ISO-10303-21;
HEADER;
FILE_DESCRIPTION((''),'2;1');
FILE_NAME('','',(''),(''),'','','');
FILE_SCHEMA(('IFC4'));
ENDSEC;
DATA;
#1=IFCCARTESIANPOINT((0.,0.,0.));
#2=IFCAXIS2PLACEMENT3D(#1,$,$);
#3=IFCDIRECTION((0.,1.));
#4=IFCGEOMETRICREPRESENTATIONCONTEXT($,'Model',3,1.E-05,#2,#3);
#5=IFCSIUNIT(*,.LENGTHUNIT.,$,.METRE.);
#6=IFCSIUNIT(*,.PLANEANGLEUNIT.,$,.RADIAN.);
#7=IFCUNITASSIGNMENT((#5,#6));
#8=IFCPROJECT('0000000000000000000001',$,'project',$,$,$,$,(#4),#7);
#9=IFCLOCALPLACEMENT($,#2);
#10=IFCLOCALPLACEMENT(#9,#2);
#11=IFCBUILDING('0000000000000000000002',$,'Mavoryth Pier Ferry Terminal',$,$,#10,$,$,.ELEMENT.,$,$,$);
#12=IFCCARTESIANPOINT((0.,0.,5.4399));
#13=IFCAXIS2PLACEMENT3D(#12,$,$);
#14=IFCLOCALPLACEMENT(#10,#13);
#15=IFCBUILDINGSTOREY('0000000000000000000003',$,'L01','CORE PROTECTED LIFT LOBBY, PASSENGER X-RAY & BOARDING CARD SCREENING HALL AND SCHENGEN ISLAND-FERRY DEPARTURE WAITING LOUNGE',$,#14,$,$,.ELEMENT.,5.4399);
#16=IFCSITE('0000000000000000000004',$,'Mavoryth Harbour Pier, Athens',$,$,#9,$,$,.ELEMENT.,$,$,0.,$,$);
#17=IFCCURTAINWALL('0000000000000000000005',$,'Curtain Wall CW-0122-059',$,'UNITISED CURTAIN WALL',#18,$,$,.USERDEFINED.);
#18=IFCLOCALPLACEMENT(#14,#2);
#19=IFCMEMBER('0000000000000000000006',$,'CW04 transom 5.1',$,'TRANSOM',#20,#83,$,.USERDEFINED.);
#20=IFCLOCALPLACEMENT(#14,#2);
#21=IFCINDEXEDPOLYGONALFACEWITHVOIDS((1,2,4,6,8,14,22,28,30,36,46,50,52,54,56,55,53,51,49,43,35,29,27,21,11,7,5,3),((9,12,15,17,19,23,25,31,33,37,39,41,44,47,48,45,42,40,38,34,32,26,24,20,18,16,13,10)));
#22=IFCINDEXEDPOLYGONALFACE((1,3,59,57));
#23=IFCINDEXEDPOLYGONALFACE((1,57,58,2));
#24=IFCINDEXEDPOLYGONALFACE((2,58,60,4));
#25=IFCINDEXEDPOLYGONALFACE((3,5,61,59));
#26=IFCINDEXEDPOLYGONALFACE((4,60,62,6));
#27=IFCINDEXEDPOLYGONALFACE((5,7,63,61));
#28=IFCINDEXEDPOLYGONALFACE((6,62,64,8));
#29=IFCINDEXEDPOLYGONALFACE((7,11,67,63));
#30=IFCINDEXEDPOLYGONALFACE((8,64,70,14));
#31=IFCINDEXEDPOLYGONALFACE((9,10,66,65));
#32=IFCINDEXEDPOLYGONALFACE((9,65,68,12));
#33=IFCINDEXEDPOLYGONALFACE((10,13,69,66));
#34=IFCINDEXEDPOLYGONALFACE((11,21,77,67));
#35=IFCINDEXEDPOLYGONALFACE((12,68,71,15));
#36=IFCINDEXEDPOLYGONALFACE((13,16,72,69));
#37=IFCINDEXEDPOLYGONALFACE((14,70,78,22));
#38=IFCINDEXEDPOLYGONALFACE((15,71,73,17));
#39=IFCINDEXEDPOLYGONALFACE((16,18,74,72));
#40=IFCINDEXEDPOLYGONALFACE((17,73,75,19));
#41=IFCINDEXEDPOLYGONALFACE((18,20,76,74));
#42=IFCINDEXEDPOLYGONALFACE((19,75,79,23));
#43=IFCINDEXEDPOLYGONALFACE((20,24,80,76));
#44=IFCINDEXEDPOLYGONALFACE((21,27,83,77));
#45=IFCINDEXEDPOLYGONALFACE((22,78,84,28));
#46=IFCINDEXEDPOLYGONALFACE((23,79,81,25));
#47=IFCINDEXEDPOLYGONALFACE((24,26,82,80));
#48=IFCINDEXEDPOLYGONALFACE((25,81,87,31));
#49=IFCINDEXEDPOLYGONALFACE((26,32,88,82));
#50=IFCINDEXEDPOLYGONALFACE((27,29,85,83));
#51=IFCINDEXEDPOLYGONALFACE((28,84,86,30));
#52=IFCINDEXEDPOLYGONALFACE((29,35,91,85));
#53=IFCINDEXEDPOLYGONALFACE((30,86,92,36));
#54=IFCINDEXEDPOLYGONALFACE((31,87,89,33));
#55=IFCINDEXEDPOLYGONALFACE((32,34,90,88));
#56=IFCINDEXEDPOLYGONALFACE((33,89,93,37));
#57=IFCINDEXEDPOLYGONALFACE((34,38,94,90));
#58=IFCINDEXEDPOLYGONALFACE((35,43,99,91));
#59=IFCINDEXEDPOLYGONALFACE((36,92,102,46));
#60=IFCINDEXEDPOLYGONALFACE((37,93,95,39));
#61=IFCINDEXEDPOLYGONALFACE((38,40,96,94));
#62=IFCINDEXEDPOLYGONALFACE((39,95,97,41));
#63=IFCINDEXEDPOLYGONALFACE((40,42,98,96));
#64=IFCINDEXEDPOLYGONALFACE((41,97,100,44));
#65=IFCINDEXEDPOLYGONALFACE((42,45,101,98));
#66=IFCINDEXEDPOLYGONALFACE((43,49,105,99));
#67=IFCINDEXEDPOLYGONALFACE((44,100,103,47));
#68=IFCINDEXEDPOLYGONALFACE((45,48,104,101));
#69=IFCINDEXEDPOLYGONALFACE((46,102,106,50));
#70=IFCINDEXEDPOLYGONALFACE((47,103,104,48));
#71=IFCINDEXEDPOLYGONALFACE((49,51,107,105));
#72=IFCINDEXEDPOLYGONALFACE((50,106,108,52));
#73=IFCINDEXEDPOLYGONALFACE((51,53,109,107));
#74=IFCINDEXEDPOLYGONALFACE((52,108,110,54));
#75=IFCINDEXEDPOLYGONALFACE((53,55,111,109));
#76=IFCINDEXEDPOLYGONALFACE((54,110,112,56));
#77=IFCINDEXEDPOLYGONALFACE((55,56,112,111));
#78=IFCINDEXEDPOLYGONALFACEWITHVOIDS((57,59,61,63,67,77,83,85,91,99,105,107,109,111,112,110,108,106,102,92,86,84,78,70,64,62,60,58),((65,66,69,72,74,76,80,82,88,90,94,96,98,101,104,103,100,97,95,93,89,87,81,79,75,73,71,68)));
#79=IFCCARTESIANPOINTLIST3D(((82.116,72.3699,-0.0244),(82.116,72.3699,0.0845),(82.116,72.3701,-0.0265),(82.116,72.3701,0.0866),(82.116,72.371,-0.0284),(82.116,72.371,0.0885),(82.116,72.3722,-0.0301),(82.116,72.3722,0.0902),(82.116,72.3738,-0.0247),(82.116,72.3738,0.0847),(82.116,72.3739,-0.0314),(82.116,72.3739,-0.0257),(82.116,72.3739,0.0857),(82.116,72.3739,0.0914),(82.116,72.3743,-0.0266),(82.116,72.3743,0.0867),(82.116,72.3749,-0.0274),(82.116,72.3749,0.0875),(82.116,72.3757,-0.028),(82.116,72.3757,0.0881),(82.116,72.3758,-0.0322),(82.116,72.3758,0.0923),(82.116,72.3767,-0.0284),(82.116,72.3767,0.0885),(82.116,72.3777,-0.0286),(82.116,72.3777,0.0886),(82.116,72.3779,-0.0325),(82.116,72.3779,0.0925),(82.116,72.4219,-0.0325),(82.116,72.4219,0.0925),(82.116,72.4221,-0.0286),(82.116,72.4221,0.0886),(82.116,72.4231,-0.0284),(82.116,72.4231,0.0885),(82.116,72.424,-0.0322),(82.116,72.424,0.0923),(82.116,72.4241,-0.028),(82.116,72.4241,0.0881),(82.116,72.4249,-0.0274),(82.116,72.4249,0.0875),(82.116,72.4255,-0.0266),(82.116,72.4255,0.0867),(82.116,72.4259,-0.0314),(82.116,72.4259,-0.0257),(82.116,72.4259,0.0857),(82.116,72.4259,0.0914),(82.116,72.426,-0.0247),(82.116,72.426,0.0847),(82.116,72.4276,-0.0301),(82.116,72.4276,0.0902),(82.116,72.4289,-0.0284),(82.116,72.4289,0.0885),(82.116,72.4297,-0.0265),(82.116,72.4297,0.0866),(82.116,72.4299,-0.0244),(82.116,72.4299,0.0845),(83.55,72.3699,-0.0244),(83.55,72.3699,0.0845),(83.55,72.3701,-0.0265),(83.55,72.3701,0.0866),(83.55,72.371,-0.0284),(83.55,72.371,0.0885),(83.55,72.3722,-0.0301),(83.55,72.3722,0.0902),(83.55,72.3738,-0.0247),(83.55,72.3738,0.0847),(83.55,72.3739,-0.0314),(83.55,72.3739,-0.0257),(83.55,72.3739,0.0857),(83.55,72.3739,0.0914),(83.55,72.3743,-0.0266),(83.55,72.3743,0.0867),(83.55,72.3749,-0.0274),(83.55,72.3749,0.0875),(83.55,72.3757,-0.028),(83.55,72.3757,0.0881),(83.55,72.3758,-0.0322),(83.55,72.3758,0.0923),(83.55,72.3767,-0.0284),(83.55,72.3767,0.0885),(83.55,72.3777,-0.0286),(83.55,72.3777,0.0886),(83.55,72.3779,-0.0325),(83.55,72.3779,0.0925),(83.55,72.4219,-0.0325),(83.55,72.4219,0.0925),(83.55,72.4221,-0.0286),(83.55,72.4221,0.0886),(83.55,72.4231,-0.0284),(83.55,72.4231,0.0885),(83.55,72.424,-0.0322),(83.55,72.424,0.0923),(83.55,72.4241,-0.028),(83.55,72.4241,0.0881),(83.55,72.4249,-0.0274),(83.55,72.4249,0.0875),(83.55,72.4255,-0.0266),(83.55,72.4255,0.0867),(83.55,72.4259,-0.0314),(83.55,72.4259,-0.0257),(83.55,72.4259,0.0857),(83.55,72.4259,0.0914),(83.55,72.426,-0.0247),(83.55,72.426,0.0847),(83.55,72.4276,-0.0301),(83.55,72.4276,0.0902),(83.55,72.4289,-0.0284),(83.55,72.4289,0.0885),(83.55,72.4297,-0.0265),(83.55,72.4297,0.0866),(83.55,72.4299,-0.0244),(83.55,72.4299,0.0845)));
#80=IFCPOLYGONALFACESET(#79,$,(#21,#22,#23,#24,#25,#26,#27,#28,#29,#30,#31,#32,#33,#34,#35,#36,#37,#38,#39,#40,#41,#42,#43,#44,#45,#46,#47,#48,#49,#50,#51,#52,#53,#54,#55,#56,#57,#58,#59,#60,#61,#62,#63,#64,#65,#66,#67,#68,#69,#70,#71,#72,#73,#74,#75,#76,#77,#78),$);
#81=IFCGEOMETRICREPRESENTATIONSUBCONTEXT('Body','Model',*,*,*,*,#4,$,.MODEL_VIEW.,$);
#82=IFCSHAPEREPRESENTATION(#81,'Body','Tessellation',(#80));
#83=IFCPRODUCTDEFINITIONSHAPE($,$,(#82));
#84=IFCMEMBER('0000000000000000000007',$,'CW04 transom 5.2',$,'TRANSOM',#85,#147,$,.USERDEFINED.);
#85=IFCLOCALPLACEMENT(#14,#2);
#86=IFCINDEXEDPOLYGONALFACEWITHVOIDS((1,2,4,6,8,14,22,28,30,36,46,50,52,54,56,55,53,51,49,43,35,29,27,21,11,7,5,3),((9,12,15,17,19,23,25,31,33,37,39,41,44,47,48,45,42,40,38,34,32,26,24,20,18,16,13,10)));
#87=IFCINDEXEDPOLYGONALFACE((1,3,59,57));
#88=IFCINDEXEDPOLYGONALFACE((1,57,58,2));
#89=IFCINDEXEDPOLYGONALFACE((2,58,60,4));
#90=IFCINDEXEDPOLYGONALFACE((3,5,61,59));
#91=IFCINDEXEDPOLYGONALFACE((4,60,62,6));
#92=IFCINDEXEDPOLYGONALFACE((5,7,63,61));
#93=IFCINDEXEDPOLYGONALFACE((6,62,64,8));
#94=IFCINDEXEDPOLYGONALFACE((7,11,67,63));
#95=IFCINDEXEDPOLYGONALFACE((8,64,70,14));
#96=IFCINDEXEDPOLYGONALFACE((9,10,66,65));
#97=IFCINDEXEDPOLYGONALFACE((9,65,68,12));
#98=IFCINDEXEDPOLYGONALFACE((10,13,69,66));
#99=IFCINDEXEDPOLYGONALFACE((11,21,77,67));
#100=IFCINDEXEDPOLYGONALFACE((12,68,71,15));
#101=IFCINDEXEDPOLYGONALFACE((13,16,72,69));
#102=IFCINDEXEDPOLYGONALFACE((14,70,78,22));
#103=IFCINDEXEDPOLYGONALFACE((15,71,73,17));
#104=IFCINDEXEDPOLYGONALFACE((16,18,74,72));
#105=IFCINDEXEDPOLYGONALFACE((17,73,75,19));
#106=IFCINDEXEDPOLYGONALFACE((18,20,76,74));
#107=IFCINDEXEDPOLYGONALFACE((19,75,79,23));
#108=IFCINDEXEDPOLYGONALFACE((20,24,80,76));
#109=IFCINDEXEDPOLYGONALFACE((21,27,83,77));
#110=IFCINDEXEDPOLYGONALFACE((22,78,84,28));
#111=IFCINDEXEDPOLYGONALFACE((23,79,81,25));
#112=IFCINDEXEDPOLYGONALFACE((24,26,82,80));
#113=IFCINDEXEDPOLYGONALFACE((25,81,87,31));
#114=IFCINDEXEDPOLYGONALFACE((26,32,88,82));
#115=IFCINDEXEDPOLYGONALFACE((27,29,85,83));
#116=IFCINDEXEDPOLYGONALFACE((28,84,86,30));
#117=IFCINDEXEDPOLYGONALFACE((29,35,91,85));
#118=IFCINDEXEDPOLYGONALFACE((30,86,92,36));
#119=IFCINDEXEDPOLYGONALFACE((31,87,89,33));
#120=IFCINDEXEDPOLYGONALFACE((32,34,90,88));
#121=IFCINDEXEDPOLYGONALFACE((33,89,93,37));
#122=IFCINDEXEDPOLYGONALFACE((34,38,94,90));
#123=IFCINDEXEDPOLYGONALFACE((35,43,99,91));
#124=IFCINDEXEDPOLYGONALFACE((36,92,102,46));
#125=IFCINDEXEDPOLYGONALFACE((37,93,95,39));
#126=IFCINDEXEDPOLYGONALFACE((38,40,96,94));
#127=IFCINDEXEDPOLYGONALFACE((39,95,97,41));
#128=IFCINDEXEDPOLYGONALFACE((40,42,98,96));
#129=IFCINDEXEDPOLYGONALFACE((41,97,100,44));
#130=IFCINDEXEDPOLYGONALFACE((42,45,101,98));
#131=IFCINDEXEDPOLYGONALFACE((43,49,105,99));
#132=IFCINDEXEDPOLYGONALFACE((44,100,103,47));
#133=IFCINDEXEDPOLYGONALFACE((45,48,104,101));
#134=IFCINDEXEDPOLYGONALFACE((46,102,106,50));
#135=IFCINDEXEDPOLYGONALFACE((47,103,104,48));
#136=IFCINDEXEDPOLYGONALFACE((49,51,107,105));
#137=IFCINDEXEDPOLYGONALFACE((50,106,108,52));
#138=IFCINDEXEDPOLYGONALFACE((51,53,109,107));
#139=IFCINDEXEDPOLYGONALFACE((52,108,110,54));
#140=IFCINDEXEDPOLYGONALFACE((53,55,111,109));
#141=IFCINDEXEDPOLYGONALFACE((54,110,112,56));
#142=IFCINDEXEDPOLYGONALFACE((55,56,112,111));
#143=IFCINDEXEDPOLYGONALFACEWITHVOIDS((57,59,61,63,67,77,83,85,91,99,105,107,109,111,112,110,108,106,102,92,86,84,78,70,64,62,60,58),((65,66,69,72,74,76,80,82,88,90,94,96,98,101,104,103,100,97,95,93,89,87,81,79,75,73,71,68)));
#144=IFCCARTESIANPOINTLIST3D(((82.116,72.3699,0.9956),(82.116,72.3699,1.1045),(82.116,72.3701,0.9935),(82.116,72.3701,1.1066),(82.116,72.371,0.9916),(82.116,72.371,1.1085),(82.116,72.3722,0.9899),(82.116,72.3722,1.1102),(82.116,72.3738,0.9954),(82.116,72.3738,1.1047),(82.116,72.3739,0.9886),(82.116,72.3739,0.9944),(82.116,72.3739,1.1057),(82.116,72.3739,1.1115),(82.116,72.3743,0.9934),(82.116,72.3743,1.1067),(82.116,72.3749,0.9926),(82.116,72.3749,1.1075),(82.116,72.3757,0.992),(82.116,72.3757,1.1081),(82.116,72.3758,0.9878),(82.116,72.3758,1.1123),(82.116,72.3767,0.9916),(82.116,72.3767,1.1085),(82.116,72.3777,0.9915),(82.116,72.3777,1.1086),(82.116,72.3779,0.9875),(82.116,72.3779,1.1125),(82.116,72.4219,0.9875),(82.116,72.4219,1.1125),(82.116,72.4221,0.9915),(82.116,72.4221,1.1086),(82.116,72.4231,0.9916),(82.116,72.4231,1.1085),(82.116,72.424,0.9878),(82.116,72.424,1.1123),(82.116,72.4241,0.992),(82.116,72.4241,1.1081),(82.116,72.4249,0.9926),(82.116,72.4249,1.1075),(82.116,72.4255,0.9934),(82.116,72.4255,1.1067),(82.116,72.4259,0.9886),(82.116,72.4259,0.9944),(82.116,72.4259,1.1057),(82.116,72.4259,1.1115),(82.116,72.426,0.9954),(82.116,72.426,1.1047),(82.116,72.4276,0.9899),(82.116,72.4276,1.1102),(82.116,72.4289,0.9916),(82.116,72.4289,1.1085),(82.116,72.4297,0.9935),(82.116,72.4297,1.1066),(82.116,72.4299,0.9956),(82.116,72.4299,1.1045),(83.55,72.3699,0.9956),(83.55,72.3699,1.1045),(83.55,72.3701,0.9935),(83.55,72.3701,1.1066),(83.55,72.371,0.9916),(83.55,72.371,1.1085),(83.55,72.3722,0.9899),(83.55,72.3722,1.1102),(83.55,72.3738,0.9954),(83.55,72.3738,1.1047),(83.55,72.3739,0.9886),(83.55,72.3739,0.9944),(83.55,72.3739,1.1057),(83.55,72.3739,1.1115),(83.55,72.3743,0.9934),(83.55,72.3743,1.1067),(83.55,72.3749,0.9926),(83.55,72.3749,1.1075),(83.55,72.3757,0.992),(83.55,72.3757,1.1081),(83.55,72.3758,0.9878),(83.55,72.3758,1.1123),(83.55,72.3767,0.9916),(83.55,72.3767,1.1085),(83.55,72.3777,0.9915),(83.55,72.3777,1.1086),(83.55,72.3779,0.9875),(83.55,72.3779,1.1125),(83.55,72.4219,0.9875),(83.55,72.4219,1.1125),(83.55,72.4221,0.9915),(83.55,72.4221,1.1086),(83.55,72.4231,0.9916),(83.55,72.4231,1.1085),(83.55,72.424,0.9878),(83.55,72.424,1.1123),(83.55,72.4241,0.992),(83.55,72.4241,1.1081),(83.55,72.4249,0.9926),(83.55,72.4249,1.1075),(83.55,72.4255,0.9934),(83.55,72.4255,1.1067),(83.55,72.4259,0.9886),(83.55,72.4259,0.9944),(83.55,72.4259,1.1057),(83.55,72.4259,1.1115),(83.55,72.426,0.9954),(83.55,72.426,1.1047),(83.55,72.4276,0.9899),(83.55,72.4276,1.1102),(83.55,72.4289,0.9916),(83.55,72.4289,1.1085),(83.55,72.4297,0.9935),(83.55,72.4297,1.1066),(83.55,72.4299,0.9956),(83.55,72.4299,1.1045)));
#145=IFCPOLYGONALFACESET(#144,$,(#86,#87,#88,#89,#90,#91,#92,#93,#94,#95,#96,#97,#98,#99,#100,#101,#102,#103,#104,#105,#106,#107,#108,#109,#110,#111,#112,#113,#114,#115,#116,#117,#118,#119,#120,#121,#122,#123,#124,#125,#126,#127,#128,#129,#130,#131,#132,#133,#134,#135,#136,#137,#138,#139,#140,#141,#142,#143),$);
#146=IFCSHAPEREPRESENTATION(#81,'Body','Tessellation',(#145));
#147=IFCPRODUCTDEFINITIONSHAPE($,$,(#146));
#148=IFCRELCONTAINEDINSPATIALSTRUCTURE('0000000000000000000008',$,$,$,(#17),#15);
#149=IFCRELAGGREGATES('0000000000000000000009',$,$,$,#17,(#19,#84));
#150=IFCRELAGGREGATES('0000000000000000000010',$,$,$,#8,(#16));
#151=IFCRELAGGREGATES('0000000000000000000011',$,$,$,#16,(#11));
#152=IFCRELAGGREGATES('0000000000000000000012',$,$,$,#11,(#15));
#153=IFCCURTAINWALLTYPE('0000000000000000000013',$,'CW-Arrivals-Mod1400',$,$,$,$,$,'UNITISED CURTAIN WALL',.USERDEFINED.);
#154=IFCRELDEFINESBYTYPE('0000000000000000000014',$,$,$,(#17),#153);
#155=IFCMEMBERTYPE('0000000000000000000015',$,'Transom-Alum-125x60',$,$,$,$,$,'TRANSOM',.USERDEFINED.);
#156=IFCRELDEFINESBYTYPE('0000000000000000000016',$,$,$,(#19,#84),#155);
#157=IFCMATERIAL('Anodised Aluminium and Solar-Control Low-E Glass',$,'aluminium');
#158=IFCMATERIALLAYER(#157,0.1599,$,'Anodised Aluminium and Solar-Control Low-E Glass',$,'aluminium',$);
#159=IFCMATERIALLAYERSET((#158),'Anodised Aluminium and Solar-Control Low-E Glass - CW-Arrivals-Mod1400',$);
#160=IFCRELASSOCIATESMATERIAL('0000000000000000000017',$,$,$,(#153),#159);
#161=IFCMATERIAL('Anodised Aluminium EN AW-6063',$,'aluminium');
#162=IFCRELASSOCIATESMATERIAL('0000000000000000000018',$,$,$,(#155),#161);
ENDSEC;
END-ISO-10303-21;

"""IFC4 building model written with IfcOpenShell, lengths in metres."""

from ifc_helpers import new_model, si_unit, direction, frame, origin, origin_2d, place, context, subcontext, project, spatial, hollow_rectangle, extrude, material, layer, layer_set, material_profile, profile_set, type_object, element, aggregate, save


model = new_model("IFC4")

# Units and contexts
model_context = context("Model", 3, precision=1e-05, world=origin(), true_north=direction((0.0, 1.0)))
body_context = subcontext(model_context, "Body", "Model", "MODEL_VIEW")
ifc_project = project(units=[si_unit("LENGTHUNIT", "METRE"), si_unit("PLANEANGLEUNIT", "RADIAN")], contexts=[model_context])

# Site, building, storey
site_placement = place(None, origin())
site = spatial("IfcSite", under=ifc_project, at=site_placement, Name="Mavoryth Harbour Pier, Athens", CompositionType="ELEMENT", RefElevation=0.0)
building_placement = place(site_placement, origin())
building = spatial("IfcBuilding", under=site, at=building_placement, Name="Mavoryth Pier Ferry Terminal", CompositionType="ELEMENT")
storey_placement = place(building_placement, frame((0.0, 0.0, 5.4399)))
storey = spatial("IfcBuildingStorey", under=building, at=storey_placement, Name="L01", Description="CORE PROTECTED LIFT LOBBY, PASSENGER X-RAY & BOARDING CARD SCREENING HALL AND SCHENGEN ISLAND-FERRY DEPARTURE WAITING LOUNGE", CompositionType="ELEMENT", Elevation=5.4399)

# Curtain wall
ifc_material_1 = material(Name="Anodised Aluminium and Solar-Control Low-E Glass", Category="aluminium")
ifc_layer_1 = layer(ifc_material_1, 0.1599, Name="Anodised Aluminium and Solar-Control Low-E Glass", Category="aluminium")
ifc_layer_set_1 = layer_set([ifc_layer_1], Name="Anodised Aluminium and Solar-Control Low-E Glass - CW-Arrivals-Mod1400")
curtain_wall_type = type_object("IfcCurtainWallType", Name="CW-Arrivals-Mod1400", ElementType="UNITISED CURTAIN WALL", PredefinedType="USERDEFINED", material=ifc_layer_set_1)
curtain_wall_1_placement = place(storey_placement, origin())
curtain_wall_1 = element("IfcCurtainWall", 1, at=curtain_wall_1_placement, inside=storey, type_object=curtain_wall_type, Name="Curtain Wall CW-0122-059", ObjectType="UNITISED CURTAIN WALL", PredefinedType="USERDEFINED")
ifc_material_2 = material(Name="Anodised Aluminium EN AW-6063", Category="aluminium")

# Members
ifc_material_profile_1 = material_profile(ifc_material_2, hollow_rectangle(XDim=0.0601, YDim=0.125, WallThickness=0.0039, InnerFilletRadius=0.0039, OuterFilletRadius=0.0081, at=origin_2d()), Name="AL-TRAN 125x60x4", Category="aluminium")
ifc_profile_set_1 = profile_set([ifc_material_profile_1], Name="Anodised Aluminium EN AW-6063 - AL-TRAN 125x60x4")
member_type_1 = type_object("IfcMemberType", Name="Transom-Alum-125x60", ElementType="TRANSOM", PredefinedType="USERDEFINED", material=ifc_profile_set_1)
member_1_placement = place(storey_placement, frame((82.116, 72.3999, 0.03), z_axis=(1.0, 0.0, 0.0), x_axis=(0.0, 1.0, 0.0)))
member_1 = element("IfcMember", 2, at=member_1_placement, type_object=member_type_1, Name="CW04 transom 5.1", ObjectType="TRANSOM", PredefinedType="USERDEFINED", context=body_context, shape_type="SweptSolid", body=[
    extrude(hollow_rectangle(XDim=0.0601, YDim=0.125, WallThickness=0.0039, InnerFilletRadius=0.0039, OuterFilletRadius=0.0081, at=origin_2d()), origin(), (0.0, 0.0, 1.0), 1.4341),
])
member_2_placement = place(storey_placement, frame((82.116, 72.3999, 1.05), z_axis=(1.0, 0.0, 0.0), x_axis=(0.0, 1.0, 0.0)))
member_2 = element("IfcMember", 3, at=member_2_placement, type_object=member_type_1, Name="CW04 transom 5.2", ObjectType="TRANSOM", PredefinedType="USERDEFINED", context=body_context, shape_type="SweptSolid", body=[
    extrude(hollow_rectangle(XDim=0.0601, YDim=0.125, WallThickness=0.0039, InnerFilletRadius=0.0039, OuterFilletRadius=0.0081, at=origin_2d()), origin(), (0.0, 0.0, 1.0), 1.4341),
])

aggregate(curtain_wall_1, [member_1, member_2])

save(model, "model.ifc")
